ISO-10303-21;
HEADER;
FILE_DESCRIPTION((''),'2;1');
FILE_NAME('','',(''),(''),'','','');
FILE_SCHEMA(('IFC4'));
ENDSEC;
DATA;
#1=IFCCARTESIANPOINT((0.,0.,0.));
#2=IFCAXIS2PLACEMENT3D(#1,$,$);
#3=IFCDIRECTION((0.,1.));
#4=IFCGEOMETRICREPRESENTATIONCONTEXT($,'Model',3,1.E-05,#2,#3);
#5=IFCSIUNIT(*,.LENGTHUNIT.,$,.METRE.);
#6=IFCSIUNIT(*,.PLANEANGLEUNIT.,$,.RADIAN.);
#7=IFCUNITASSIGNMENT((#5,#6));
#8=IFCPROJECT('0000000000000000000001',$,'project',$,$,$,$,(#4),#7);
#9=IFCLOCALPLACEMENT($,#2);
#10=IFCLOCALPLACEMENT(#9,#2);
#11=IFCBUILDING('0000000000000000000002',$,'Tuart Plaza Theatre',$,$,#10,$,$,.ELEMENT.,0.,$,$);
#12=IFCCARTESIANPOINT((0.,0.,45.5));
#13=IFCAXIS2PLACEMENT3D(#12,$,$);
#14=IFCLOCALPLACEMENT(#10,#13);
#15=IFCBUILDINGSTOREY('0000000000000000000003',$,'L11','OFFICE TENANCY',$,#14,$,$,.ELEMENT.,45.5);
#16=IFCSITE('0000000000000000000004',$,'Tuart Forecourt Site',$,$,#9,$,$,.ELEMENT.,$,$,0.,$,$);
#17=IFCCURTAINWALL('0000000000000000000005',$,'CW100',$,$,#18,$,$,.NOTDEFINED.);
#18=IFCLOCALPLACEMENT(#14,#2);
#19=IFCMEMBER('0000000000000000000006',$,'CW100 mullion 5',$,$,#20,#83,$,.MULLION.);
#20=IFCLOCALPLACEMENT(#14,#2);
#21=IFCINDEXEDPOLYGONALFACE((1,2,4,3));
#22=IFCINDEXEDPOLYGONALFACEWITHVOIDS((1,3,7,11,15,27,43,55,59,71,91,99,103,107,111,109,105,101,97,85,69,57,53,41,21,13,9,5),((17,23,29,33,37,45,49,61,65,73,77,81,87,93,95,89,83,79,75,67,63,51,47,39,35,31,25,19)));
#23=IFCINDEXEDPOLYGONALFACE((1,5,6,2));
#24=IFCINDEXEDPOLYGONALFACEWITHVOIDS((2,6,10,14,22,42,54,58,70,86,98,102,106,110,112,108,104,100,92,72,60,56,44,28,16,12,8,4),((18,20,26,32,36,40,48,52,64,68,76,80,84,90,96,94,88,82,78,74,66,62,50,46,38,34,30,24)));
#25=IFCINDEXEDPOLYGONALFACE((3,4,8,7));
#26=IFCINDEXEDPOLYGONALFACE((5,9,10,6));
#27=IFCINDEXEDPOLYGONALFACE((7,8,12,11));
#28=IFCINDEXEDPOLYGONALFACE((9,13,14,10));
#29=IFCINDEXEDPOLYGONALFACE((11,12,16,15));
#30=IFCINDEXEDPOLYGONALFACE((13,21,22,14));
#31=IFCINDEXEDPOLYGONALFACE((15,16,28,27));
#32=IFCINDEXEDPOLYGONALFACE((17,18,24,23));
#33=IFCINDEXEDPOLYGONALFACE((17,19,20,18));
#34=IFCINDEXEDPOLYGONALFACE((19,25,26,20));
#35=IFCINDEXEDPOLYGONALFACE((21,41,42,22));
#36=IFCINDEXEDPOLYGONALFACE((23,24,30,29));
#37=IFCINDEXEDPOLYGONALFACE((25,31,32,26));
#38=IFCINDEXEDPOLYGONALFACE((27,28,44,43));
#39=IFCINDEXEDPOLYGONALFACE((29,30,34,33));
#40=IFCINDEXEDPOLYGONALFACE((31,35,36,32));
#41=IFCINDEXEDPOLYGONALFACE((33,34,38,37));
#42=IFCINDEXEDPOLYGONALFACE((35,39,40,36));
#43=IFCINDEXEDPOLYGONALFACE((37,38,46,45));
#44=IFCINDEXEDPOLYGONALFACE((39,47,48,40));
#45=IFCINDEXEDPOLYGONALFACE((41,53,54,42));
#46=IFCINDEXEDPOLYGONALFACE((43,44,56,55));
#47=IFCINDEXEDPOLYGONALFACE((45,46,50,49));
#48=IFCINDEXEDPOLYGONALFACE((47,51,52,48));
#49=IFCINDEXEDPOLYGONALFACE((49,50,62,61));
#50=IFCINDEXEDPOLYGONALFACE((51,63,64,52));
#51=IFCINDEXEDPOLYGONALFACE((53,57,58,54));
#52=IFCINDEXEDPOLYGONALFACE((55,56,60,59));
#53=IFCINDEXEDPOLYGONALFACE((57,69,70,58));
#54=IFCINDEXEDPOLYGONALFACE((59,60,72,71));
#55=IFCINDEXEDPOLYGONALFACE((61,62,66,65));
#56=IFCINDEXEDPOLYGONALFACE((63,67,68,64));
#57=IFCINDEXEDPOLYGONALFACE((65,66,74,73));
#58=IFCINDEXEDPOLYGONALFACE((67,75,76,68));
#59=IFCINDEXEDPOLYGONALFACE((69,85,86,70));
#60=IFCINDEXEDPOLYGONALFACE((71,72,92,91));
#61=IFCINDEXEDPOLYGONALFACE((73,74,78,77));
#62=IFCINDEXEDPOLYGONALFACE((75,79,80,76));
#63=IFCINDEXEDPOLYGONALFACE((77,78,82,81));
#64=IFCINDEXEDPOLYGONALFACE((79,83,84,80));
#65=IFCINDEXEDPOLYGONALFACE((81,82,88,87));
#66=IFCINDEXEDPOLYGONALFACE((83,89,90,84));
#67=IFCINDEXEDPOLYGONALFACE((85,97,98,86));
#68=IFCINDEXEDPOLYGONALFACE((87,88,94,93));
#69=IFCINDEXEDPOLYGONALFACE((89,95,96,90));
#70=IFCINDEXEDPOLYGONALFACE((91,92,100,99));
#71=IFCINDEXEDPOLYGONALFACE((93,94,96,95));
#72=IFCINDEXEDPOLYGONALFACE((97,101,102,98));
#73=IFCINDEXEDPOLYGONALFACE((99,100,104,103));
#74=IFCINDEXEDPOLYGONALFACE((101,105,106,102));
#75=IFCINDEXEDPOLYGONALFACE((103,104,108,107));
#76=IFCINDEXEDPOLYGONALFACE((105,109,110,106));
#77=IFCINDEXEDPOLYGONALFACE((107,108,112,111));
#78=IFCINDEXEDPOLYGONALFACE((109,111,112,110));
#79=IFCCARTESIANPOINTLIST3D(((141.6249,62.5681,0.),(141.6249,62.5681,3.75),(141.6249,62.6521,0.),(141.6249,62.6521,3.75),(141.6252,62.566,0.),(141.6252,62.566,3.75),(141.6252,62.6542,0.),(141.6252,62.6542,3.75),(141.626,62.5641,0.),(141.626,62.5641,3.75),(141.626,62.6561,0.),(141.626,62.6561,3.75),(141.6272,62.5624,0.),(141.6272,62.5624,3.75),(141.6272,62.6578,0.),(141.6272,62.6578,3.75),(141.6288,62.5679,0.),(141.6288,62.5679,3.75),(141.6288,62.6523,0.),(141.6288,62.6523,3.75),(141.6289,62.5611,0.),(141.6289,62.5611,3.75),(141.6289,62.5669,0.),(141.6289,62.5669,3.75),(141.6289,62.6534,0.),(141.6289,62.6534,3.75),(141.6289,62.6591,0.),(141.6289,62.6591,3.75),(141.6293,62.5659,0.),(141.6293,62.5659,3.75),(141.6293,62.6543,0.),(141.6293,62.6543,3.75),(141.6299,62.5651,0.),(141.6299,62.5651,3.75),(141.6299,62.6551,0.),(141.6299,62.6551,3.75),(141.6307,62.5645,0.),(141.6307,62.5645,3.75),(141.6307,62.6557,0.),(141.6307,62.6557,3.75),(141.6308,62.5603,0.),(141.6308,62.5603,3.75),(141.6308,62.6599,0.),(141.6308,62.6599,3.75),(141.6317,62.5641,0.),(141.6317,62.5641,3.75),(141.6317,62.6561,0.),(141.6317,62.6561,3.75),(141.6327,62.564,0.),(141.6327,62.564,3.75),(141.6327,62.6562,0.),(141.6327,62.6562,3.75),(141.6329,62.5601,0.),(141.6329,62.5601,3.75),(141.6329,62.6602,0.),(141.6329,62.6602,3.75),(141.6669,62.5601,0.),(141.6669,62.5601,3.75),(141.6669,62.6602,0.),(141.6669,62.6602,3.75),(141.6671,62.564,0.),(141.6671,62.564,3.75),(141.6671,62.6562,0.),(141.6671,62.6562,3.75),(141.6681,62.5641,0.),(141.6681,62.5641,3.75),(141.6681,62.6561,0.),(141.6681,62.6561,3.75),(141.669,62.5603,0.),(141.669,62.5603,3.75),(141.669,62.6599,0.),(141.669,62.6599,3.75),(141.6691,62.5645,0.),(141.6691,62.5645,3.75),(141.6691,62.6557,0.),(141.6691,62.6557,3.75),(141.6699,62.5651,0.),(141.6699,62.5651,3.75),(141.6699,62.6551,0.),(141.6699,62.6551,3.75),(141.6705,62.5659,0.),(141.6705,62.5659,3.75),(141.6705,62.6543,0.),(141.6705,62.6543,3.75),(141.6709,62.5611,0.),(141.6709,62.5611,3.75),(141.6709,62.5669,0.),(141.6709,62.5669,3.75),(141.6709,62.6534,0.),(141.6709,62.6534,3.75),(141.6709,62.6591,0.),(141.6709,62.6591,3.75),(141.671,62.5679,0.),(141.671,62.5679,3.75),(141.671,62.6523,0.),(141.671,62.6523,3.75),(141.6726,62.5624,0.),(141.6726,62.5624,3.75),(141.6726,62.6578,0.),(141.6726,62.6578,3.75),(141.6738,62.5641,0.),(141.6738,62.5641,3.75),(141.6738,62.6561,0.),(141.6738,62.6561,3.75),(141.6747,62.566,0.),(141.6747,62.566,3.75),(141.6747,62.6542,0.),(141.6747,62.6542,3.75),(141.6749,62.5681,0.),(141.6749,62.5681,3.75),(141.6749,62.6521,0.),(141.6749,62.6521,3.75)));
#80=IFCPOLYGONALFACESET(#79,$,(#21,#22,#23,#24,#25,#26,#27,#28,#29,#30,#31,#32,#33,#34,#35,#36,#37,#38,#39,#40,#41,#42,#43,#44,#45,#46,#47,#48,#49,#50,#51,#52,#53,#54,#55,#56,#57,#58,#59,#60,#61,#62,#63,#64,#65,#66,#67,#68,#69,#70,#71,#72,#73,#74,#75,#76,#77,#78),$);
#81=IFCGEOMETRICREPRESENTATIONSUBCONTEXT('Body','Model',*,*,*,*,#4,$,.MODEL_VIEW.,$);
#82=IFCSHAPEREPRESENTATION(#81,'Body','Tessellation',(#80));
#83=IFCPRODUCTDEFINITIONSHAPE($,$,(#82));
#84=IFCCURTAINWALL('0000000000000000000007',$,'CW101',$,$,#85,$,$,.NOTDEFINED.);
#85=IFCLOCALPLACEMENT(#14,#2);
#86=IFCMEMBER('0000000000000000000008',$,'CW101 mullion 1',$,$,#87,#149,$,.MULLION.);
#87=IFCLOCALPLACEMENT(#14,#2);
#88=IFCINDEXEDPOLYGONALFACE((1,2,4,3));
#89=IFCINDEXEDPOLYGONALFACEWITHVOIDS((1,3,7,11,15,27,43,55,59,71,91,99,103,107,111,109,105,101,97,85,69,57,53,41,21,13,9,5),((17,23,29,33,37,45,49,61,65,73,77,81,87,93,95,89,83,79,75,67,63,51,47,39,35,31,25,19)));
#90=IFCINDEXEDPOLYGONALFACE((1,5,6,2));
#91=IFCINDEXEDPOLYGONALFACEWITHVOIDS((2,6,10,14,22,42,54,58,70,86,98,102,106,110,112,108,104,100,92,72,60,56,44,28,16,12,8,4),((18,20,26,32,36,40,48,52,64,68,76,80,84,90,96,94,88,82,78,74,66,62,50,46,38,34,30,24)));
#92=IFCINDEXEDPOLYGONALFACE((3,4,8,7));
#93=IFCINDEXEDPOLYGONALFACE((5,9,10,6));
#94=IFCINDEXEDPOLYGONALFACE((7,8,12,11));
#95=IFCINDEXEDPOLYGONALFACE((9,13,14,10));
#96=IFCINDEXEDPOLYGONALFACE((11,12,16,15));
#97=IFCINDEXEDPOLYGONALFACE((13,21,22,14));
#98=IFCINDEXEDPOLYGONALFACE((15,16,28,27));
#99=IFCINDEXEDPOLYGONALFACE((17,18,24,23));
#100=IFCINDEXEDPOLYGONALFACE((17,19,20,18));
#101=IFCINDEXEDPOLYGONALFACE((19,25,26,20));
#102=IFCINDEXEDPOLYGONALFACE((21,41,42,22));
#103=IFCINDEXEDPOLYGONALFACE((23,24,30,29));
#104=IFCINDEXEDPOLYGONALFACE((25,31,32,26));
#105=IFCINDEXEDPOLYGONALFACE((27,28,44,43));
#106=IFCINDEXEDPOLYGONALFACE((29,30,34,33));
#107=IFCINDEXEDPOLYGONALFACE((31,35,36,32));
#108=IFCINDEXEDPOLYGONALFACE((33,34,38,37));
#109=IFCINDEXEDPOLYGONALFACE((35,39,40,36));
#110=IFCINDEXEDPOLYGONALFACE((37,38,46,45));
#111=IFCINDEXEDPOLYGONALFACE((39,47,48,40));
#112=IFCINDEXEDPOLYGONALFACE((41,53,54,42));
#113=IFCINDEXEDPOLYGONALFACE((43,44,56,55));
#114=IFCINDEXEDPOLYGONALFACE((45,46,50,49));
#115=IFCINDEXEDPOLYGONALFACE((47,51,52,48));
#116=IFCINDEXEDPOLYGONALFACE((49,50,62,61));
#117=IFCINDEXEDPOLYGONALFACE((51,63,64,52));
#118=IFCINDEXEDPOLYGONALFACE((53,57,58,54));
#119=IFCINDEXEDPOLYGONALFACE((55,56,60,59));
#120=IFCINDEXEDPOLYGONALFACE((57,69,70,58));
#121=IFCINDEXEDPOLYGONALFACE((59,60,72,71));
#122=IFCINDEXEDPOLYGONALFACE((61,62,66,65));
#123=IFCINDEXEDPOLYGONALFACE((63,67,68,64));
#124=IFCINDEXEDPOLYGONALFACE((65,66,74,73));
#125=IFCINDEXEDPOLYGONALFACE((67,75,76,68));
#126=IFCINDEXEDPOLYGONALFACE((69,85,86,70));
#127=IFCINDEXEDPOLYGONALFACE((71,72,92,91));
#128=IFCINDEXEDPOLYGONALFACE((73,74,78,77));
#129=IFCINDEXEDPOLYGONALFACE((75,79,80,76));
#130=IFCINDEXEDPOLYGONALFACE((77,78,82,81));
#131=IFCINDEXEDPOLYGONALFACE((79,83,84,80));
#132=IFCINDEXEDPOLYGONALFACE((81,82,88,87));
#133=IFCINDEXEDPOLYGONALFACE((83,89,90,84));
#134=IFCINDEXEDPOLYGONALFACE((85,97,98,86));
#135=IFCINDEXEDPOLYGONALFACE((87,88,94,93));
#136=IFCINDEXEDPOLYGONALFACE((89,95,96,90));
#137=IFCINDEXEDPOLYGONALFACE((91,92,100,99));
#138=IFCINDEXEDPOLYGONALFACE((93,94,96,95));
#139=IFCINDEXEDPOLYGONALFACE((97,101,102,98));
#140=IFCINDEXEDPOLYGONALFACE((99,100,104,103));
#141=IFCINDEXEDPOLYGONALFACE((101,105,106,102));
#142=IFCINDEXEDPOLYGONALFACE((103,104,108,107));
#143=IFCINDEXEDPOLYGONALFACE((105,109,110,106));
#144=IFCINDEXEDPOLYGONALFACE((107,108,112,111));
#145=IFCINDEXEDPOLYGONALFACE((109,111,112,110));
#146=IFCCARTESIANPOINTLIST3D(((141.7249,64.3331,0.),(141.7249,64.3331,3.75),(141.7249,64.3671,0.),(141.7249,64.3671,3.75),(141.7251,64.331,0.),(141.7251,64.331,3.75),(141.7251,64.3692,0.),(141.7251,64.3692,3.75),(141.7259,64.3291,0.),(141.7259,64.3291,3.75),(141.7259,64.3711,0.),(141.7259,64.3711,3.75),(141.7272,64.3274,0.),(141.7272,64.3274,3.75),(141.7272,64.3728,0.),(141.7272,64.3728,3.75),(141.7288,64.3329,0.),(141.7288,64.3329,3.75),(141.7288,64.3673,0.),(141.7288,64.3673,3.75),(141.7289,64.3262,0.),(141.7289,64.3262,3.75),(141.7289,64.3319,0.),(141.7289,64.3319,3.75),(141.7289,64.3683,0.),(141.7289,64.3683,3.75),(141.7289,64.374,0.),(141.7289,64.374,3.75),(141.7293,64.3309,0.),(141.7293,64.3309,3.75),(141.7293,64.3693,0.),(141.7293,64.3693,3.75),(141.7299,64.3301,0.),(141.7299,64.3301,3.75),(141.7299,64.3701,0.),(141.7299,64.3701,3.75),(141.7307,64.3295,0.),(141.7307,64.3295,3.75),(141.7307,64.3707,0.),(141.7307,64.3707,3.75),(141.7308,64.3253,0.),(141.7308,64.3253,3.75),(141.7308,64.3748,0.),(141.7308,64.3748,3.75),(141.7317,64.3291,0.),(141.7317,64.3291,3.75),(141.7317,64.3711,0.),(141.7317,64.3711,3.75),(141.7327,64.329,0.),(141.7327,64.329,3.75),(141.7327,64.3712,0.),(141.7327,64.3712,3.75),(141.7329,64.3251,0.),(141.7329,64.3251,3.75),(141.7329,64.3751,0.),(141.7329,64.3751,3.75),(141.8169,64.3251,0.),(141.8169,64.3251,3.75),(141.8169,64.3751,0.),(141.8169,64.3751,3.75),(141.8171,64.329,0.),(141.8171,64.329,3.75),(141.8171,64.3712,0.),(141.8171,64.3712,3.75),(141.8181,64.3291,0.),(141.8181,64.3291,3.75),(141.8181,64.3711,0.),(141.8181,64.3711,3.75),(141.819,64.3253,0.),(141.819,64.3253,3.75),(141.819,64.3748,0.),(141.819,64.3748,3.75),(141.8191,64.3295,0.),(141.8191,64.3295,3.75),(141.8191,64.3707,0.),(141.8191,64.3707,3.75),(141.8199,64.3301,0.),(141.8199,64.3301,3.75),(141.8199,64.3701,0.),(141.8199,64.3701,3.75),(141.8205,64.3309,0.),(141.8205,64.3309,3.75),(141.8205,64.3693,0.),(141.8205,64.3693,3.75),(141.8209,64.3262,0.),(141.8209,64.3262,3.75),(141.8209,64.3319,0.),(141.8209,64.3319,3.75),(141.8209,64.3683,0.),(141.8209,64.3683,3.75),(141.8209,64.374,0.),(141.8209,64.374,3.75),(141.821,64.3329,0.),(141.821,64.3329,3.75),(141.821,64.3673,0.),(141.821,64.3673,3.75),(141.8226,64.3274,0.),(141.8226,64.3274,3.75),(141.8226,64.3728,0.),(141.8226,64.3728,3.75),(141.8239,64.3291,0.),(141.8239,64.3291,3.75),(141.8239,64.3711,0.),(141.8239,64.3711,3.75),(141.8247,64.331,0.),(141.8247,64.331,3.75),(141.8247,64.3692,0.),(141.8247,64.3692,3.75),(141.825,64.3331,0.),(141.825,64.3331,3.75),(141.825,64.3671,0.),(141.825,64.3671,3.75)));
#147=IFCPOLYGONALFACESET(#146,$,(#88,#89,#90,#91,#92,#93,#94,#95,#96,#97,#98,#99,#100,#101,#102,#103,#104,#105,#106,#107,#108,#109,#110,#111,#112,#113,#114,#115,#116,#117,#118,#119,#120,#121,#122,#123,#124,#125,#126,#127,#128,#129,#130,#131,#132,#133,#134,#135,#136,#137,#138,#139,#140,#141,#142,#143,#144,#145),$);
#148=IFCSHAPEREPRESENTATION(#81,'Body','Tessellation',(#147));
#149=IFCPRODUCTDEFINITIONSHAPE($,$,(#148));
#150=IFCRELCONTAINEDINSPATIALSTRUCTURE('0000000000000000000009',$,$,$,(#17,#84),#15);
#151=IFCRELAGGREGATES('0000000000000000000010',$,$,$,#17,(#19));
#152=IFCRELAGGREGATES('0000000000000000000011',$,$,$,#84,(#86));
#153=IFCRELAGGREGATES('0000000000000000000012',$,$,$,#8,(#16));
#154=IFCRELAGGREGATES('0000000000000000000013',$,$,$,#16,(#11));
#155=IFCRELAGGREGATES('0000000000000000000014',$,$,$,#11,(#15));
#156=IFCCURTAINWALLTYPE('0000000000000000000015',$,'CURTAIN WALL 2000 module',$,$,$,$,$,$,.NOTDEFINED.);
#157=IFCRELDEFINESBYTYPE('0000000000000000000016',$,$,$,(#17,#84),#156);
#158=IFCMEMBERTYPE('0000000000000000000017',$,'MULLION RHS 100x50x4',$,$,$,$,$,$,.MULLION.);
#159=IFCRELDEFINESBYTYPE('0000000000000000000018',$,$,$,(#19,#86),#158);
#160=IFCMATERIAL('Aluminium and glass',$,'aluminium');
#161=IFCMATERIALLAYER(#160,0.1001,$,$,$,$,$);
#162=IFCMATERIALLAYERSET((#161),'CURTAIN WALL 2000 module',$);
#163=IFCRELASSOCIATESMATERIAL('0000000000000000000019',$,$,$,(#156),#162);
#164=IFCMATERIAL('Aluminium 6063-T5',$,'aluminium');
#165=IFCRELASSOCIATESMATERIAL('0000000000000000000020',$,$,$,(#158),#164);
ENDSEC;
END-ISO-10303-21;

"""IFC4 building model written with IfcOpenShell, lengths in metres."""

from ifc_helpers import new_model, si_unit, direction, frame, origin, origin_2d, place, context, subcontext, project, spatial, hollow_rectangle, extrude, material, layer, layer_set, material_profile, profile_set, type_object, element, aggregate, save


model = new_model("IFC4")

# Units and contexts
model_context = context("Model", 3, precision=1e-05, world=origin(), true_north=direction((0.0, 1.0)))
body_context = subcontext(model_context, "Body", "Model", "MODEL_VIEW")
ifc_project = project(units=[si_unit("LENGTHUNIT", "METRE"), si_unit("PLANEANGLEUNIT", "RADIAN")], contexts=[model_context])

# Site, building, storey
site_placement = place(None, origin())
site = spatial("IfcSite", under=ifc_project, at=site_placement, Name="Tuart Forecourt Site", CompositionType="ELEMENT", RefElevation=0.0)
building_placement = place(site_placement, origin())
building = spatial("IfcBuilding", under=site, at=building_placement, Name="Tuart Plaza Theatre", CompositionType="ELEMENT", ElevationOfRefHeight=0.0)
storey_placement = place(building_placement, frame((0.0, 0.0, 45.5)))
storey = spatial("IfcBuildingStorey", under=building, at=storey_placement, Name="L11", Description="OFFICE TENANCY", CompositionType="ELEMENT", Elevation=45.5)

# Curtain walls, members
ifc_material_1 = material(Name="Aluminium and glass", Category="aluminium")
ifc_layer_1 = layer(ifc_material_1, 0.1001)
ifc_layer_set_1 = layer_set([ifc_layer_1], Name="CURTAIN WALL 2000 module")
curtain_wall_type = type_object("IfcCurtainWallType", Name="CURTAIN WALL 2000 module", PredefinedType="NOTDEFINED", material=ifc_layer_set_1)
curtain_wall_1_placement = place(storey_placement, origin())
curtain_wall_1 = element("IfcCurtainWall", 1, at=curtain_wall_1_placement, inside=storey, type_object=curtain_wall_type, Name="CW100", PredefinedType="NOTDEFINED")
ifc_material_2 = material(Name="Aluminium 6063-T5", Category="aluminium")
ifc_material_profile_1 = material_profile(ifc_material_2, hollow_rectangle(XDim=0.05, YDim=0.1001, WallThickness=0.0039, InnerFilletRadius=0.0039, OuterFilletRadius=0.0081, at=origin_2d()), Name="RHS 100x50x4")
ifc_profile_set_1 = profile_set([ifc_material_profile_1], Name="Aluminium 6063-T5")
member_type_1 = type_object("IfcMemberType", Name="MULLION RHS 100x50x4", PredefinedType="MULLION", material=ifc_profile_set_1)
member_1_placement = place(storey_placement, frame((141.6499, 62.6101, 0.0), z_axis=(0.0, 0.0, 1.0), x_axis=(-1.0, 0.0, 0.0)))
member_1 = element("IfcMember", 2, at=member_1_placement, type_object=member_type_1, Name="CW100 mullion 5", PredefinedType="MULLION", context=body_context, shape_type="SweptSolid", body=[
    extrude(hollow_rectangle(XDim=0.05, YDim=0.1001, WallThickness=0.0039, InnerFilletRadius=0.0039, OuterFilletRadius=0.0081, at=origin_2d()), origin(), (0.0, 0.0, 1.0), 3.75),
])
curtain_wall_2_placement = place(storey_placement, origin())
curtain_wall_2 = element("IfcCurtainWall", 3, at=curtain_wall_2_placement, inside=storey, type_object=curtain_wall_type, Name="CW101", PredefinedType="NOTDEFINED")
member_2_placement = place(storey_placement, frame((141.7749, 64.3501, 0.0), z_axis=(0.0, 0.0, 1.0), x_axis=(0.0, 1.0, 0.0)))
member_2 = element("IfcMember", 4, at=member_2_placement, type_object=member_type_1, Name="CW101 mullion 1", PredefinedType="MULLION", context=body_context, shape_type="SweptSolid", body=[
    extrude(hollow_rectangle(XDim=0.05, YDim=0.1001, WallThickness=0.0039, InnerFilletRadius=0.0039, OuterFilletRadius=0.0081, at=origin_2d()), origin(), (0.0, 0.0, 1.0), 3.75),
])

aggregate(curtain_wall_1, [member_1])
aggregate(curtain_wall_2, [member_2])

save(model, "model.ifc")
